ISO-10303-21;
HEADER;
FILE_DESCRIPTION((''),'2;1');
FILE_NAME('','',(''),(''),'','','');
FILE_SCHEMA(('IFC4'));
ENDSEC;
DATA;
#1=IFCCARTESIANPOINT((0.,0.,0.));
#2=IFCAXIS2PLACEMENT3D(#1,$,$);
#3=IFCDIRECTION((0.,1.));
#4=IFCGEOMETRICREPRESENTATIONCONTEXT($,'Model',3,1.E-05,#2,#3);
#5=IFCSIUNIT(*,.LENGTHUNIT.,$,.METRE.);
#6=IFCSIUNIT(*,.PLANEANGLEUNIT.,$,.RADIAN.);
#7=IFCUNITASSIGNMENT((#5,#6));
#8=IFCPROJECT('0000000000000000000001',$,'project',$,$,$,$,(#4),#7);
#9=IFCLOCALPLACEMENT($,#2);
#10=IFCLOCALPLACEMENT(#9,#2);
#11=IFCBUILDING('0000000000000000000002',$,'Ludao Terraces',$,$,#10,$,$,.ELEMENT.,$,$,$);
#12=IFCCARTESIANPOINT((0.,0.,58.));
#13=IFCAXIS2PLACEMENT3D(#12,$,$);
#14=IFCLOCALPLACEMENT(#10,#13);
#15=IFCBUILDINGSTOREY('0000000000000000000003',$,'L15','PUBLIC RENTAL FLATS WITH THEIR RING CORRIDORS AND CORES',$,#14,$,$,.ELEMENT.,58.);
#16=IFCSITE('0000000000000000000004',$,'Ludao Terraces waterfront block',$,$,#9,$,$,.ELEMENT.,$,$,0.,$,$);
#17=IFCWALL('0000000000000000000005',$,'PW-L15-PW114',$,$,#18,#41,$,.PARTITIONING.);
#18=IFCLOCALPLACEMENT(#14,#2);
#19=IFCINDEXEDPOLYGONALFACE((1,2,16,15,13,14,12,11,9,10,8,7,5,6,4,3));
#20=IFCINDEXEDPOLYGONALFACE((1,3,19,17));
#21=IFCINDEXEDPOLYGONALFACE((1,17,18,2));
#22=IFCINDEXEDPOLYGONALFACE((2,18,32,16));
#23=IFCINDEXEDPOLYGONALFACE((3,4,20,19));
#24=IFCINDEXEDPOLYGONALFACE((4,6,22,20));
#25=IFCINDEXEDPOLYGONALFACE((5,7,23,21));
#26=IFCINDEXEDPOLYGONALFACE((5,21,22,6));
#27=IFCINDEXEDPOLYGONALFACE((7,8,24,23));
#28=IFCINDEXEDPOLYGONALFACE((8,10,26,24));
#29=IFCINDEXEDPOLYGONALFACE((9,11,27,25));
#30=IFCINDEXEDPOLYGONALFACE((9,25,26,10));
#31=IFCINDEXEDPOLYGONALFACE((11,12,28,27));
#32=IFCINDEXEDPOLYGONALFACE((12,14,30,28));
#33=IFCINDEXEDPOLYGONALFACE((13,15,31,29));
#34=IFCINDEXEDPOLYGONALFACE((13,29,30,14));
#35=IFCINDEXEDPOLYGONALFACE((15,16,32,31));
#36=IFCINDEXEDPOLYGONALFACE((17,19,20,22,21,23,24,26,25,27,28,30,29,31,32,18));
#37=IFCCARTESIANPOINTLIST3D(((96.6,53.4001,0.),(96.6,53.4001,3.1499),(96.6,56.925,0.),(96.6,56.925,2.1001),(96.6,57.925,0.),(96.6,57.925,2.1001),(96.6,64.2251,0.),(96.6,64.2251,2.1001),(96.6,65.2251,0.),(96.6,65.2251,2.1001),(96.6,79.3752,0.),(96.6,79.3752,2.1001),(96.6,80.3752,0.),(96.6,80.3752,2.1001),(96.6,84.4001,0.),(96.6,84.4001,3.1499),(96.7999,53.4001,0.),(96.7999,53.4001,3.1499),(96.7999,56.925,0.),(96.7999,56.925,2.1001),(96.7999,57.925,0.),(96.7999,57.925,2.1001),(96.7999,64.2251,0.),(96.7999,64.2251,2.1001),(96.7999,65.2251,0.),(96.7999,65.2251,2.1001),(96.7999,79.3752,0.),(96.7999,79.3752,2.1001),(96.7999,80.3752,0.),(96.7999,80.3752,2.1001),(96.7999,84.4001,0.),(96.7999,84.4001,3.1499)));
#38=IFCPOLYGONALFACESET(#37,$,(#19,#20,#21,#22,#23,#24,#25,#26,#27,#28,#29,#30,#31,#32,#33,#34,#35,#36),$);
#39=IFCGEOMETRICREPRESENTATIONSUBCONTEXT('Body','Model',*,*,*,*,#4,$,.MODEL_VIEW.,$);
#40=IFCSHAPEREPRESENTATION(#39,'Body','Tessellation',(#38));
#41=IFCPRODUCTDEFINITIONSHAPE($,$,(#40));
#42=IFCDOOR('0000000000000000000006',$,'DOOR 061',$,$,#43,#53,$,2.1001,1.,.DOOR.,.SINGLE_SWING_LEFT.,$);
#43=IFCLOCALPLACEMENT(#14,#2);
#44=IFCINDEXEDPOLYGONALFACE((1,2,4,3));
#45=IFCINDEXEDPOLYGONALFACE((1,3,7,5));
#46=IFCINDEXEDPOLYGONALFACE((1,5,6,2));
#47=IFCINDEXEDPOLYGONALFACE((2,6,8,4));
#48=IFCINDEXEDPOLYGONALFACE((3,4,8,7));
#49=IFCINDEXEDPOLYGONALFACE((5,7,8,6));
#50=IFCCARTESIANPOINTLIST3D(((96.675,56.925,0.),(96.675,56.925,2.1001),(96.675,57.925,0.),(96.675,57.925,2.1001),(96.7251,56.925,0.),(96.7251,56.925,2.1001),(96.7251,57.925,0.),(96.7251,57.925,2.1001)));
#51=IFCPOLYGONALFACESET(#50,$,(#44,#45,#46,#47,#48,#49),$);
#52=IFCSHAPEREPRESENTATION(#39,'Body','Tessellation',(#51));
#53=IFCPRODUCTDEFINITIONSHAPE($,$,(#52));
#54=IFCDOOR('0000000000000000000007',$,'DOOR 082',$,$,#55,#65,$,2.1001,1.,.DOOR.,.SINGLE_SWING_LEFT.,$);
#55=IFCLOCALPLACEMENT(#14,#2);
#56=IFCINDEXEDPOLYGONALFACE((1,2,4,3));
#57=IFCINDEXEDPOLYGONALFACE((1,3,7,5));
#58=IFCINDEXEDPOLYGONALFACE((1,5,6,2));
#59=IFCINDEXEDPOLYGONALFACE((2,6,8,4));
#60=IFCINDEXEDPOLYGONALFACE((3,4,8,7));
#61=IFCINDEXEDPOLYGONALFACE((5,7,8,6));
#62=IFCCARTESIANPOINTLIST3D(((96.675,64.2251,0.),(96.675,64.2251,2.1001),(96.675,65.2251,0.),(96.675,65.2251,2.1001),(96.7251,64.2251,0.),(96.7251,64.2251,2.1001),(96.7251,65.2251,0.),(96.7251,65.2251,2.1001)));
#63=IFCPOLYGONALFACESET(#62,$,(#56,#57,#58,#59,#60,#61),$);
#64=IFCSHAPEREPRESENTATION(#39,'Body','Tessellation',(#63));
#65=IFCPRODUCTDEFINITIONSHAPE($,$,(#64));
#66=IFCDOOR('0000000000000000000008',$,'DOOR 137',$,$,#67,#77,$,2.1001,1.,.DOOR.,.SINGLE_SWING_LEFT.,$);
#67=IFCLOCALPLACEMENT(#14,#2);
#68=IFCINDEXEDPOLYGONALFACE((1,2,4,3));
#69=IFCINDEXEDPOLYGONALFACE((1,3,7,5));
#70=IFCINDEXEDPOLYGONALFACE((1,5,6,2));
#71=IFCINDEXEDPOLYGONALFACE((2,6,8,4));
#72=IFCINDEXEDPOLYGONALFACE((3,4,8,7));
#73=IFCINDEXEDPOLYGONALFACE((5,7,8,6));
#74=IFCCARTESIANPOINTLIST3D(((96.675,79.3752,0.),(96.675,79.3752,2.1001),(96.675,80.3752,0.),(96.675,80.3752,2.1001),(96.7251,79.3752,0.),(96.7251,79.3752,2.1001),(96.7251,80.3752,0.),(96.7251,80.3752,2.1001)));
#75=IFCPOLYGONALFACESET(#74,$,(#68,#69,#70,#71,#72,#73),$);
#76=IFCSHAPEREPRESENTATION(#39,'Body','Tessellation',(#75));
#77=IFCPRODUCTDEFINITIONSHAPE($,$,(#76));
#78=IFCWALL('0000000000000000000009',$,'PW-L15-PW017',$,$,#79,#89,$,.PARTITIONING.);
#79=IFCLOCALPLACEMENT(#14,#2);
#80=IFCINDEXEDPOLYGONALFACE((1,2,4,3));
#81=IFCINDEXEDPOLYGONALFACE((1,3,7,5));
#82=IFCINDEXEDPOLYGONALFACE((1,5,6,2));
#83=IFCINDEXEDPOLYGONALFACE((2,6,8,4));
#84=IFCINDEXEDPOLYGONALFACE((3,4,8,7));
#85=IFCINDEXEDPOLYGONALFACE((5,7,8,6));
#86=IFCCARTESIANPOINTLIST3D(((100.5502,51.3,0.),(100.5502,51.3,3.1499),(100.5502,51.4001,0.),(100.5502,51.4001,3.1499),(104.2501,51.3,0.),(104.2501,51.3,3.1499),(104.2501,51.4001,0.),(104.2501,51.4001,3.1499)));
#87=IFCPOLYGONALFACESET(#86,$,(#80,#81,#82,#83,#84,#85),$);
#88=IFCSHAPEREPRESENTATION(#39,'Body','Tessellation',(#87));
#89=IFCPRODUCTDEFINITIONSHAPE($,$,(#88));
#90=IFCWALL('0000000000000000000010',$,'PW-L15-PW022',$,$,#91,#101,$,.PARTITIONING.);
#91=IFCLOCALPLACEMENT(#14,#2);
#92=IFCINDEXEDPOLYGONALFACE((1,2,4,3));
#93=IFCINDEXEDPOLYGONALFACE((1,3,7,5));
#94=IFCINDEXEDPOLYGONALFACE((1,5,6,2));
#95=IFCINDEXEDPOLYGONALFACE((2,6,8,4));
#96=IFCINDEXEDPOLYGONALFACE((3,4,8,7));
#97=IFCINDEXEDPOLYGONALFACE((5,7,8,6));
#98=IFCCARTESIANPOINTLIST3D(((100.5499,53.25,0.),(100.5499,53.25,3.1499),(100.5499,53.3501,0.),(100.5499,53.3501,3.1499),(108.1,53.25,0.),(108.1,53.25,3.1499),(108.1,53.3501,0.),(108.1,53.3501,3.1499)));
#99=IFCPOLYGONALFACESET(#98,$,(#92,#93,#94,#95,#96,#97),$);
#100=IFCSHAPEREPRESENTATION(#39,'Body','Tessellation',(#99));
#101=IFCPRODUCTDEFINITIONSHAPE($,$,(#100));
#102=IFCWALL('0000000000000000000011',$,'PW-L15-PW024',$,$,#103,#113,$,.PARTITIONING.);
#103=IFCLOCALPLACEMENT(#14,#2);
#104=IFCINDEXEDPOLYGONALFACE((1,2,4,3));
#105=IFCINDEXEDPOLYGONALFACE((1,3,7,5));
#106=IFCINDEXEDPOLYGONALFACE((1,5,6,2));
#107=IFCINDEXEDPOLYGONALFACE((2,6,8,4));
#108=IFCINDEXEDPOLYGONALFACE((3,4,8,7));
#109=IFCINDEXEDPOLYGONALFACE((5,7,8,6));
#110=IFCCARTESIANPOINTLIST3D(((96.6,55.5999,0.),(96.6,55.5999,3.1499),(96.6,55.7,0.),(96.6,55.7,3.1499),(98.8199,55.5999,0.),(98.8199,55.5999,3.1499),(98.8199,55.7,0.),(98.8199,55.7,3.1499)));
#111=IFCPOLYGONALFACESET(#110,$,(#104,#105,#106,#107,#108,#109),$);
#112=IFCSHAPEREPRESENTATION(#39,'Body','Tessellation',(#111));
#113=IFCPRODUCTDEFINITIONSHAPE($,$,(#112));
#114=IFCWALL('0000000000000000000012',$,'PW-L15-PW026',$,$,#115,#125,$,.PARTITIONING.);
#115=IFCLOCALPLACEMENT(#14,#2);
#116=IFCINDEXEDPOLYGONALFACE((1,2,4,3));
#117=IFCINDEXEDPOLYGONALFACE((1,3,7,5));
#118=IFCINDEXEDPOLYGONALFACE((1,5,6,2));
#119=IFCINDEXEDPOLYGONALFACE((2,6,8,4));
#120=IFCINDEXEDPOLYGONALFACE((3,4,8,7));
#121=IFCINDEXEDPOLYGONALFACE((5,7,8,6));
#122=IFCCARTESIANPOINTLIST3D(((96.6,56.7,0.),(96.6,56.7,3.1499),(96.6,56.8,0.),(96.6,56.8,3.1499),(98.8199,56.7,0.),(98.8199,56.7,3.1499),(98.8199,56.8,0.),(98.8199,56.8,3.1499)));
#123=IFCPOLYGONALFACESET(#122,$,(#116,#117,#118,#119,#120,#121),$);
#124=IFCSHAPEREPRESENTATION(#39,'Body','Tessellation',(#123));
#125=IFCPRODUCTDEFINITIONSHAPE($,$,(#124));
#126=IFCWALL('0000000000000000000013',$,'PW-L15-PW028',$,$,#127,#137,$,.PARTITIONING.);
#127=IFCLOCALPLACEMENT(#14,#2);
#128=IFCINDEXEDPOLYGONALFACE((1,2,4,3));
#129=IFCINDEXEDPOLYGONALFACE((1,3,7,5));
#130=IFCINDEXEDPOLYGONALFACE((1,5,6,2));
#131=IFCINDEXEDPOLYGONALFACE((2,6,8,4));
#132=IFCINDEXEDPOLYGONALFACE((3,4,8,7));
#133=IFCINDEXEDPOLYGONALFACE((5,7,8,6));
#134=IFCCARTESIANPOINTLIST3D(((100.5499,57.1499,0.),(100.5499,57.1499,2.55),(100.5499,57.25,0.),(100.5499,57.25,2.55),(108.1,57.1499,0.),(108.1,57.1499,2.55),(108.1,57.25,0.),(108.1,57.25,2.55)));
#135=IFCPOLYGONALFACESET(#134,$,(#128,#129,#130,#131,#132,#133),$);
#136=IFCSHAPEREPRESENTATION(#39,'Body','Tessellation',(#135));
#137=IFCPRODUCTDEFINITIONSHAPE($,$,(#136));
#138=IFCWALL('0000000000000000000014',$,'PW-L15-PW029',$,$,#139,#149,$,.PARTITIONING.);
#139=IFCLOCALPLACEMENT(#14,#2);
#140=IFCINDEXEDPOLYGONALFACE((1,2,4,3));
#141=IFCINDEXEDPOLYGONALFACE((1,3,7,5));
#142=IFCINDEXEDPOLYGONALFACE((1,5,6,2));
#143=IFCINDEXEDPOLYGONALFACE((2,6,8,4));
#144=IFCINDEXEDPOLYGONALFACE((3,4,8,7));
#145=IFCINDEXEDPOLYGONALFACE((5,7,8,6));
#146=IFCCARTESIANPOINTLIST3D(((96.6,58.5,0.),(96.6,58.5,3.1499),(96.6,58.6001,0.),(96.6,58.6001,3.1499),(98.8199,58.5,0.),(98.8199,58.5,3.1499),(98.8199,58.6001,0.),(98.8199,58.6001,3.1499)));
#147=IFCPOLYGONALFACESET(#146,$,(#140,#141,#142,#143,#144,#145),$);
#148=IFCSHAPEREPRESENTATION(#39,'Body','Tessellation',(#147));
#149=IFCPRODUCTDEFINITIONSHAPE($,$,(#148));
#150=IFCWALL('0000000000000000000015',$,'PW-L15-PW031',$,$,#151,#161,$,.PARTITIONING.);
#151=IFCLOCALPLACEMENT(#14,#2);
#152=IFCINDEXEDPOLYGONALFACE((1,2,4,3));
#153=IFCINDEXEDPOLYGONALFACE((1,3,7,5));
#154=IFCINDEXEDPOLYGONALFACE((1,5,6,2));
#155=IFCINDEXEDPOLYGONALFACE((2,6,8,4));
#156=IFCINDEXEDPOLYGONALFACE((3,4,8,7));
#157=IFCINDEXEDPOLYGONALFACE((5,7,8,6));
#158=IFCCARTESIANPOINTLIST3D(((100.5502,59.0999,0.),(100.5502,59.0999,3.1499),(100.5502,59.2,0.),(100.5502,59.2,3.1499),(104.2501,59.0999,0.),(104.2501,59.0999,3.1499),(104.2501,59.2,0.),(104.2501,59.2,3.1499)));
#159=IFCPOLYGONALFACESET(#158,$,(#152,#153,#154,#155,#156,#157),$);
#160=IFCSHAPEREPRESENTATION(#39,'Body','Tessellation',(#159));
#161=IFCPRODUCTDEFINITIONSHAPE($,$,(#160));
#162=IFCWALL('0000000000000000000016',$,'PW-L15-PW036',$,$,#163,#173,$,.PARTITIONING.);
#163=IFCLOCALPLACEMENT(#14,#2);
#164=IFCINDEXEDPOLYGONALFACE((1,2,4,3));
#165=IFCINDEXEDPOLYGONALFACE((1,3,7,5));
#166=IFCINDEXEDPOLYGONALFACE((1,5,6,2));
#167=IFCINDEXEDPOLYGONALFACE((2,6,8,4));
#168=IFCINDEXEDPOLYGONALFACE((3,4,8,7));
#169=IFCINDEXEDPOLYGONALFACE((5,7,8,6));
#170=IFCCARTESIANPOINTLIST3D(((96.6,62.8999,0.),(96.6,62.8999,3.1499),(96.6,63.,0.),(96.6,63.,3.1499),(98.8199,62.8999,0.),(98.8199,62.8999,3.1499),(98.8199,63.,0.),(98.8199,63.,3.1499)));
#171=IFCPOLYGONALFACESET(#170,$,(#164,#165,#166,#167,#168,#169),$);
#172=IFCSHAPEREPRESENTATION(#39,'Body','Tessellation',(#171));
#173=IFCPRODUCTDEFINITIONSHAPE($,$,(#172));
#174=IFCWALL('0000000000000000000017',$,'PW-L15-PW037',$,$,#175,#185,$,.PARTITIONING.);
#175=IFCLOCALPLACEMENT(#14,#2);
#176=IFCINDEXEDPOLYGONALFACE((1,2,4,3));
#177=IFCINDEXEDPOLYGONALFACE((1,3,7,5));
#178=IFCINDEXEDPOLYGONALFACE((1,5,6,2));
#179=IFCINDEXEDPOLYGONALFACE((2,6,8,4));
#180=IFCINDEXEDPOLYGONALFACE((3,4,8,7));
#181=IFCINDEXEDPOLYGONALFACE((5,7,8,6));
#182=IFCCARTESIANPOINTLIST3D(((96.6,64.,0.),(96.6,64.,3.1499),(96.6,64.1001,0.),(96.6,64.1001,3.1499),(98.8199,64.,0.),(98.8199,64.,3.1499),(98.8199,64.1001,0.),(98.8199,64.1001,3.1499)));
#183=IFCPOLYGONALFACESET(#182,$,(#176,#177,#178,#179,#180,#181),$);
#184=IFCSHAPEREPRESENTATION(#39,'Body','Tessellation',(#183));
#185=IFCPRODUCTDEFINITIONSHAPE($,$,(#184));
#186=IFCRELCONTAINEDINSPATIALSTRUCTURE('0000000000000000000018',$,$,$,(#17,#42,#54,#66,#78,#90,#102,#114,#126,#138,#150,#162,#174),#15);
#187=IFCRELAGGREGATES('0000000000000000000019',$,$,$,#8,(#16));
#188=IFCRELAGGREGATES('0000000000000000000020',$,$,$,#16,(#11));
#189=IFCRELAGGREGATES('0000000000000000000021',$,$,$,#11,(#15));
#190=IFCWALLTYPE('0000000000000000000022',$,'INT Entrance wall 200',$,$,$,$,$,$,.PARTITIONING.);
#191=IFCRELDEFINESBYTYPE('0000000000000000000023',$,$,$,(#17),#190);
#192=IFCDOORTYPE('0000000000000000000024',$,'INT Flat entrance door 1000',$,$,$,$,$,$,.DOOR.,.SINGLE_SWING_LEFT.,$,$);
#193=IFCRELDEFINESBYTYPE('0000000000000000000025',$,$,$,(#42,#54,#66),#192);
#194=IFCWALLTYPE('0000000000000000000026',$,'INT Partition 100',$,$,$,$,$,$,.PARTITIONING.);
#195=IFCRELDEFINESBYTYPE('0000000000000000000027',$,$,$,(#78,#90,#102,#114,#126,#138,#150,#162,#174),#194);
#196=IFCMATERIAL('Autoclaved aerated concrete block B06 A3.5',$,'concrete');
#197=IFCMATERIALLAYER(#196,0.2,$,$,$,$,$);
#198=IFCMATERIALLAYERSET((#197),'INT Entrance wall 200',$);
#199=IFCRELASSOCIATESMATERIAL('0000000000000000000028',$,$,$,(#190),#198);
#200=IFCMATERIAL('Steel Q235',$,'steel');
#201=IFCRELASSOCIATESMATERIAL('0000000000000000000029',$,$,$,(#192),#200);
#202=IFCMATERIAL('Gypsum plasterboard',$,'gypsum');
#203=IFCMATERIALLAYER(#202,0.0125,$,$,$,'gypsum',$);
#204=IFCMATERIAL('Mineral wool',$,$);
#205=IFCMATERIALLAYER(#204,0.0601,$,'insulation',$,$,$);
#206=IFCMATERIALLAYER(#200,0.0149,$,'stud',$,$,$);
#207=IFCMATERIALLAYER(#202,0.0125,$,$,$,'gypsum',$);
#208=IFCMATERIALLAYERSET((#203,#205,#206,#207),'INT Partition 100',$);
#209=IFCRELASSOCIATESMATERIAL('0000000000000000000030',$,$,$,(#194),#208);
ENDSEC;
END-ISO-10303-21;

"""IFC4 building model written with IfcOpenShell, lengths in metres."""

from ifc_helpers import new_model, si_unit, direction, frame, frame_2d, origin, place, context, subcontext, project, spatial, rectangle, extrude, material, layer, layer_set, type_object, element, fill, save


model = new_model("IFC4")

# Units and contexts
model_context = context("Model", 3, precision=1e-05, world=origin(), true_north=direction((0.0, 1.0)))
body_context = subcontext(model_context, "Body", "Model", "MODEL_VIEW")
ifc_project = project(units=[si_unit("LENGTHUNIT", "METRE"), si_unit("PLANEANGLEUNIT", "RADIAN")], contexts=[model_context])

# Site, building, storey
site_placement = place(None, origin())
site = spatial("IfcSite", under=ifc_project, at=site_placement, Name="Ludao Terraces waterfront block", CompositionType="ELEMENT", RefElevation=0.0)
building_placement = place(site_placement, origin())
building = spatial("IfcBuilding", under=site, at=building_placement, Name="Ludao Terraces", CompositionType="ELEMENT")
storey_placement = place(building_placement, frame((0.0, 0.0, 58.0)))
storey = spatial("IfcBuildingStorey", under=building, at=storey_placement, Name="L15", Description="PUBLIC RENTAL FLATS WITH THEIR RING CORRIDORS AND CORES", CompositionType="ELEMENT", Elevation=58.0)

# Wall, openings, doors
ifc_material_1 = material(Name="Autoclaved aerated concrete block B06 A3.5", Category="concrete")
ifc_layer_1 = layer(ifc_material_1, 0.2)
ifc_layer_set_1 = layer_set([ifc_layer_1], Name="INT Entrance wall 200")
wall_type_1 = type_object("IfcWallType", Name="INT Entrance wall 200", PredefinedType="PARTITIONING", material=ifc_layer_set_1)
wall_1_placement = place(storey_placement, frame((96.7, 53.4001, 0.0), z_axis=(0.0, 0.0, 1.0), x_axis=(0.0, 1.0, 0.0)))
wall_1 = element("IfcWall", 1, at=wall_1_placement, inside=storey, type_object=wall_type_1, Name="PW-L15-PW114", PredefinedType="PARTITIONING", context=body_context, shape_type="SweptSolid", body=[
    extrude(rectangle(XDim=31.0, YDim=0.2, at=frame_2d((15.5, 0.0))), origin(), (0.0, 0.0, 1.0), 3.1499),
])
opening_1_placement = place(wall_1_placement, frame((3.5249, 0.0, 0.0)))
opening_1 = element("IfcOpeningElement", 2, at=opening_1_placement, cuts=wall_1, PredefinedType="OPENING", context=body_context, shape_type="SweptSolid", body=[
    extrude(rectangle(XDim=1.0, YDim=2.1001, at=frame_2d((0.5, 1.05))), frame((0.0, 0.1099, 0.0), z_axis=(0.0, -1.0, 0.0), x_axis=(1.0, 0.0, 0.0)), (0.0, 0.0, 1.0), 0.22),
])
opening_2_placement = place(wall_1_placement, frame((10.825, 0.0, 0.0)))
opening_2 = element("IfcOpeningElement", 3, at=opening_2_placement, cuts=wall_1, PredefinedType="OPENING", context=body_context, shape_type="SweptSolid", body=[
    extrude(rectangle(XDim=1.0, YDim=2.1001, at=frame_2d((0.5, 1.05))), frame((0.0, 0.1099, 0.0), z_axis=(0.0, -1.0, 0.0), x_axis=(1.0, 0.0, 0.0)), (0.0, 0.0, 1.0), 0.22),
])
opening_3_placement = place(wall_1_placement, frame((25.9751, 0.0, 0.0)))
opening_3 = element("IfcOpeningElement", 4, at=opening_3_placement, cuts=wall_1, PredefinedType="OPENING", context=body_context, shape_type="SweptSolid", body=[
    extrude(rectangle(XDim=1.0, YDim=2.1001, at=frame_2d((0.5, 1.05))), frame((0.0, 0.1099, 0.0), z_axis=(0.0, -1.0, 0.0), x_axis=(1.0, 0.0, 0.0)), (0.0, 0.0, 1.0), 0.22),
])
ifc_material_2 = material(Name="Steel Q235", Category="steel")
door_type_1 = type_object("IfcDoorType", Name="INT Flat entrance door 1000", OperationType="SINGLE_SWING_LEFT", PredefinedType="DOOR", material=ifc_material_2)
door_1_placement = place(opening_1_placement, origin())
door_1 = element("IfcDoor", 5, at=door_1_placement, inside=storey, type_object=door_type_1, Name="DOOR 061", OperationType="SINGLE_SWING_LEFT", OverallHeight=2.1001, OverallWidth=1.0, PredefinedType="DOOR", context=body_context, shape_type="SweptSolid", body=[
    extrude(rectangle(XDim=1.0, YDim=2.1001, at=frame_2d((0.5, 1.05))), frame((0.0, 0.0249, 0.0), z_axis=(0.0, -1.0, 0.0), x_axis=(1.0, 0.0, 0.0)), (0.0, 0.0, 1.0), 0.05),
])
fill(opening_1, door_1)
door_2_placement = place(opening_2_placement, origin())
door_2 = element("IfcDoor", 6, at=door_2_placement, inside=storey, type_object=door_type_1, Name="DOOR 082", OperationType="SINGLE_SWING_LEFT", OverallHeight=2.1001, OverallWidth=1.0, PredefinedType="DOOR", context=body_context, shape_type="SweptSolid", body=[
    extrude(rectangle(XDim=1.0, YDim=2.1001, at=frame_2d((0.5, 1.05))), frame((0.0, 0.0249, 0.0), z_axis=(0.0, -1.0, 0.0), x_axis=(1.0, 0.0, 0.0)), (0.0, 0.0, 1.0), 0.05),
])
fill(opening_2, door_2)
door_3_placement = place(opening_3_placement, origin())
door_3 = element("IfcDoor", 7, at=door_3_placement, inside=storey, type_object=door_type_1, Name="DOOR 137", OperationType="SINGLE_SWING_LEFT", OverallHeight=2.1001, OverallWidth=1.0, PredefinedType="DOOR", context=body_context, shape_type="SweptSolid", body=[
    extrude(rectangle(XDim=1.0, YDim=2.1001, at=frame_2d((0.5, 1.05))), frame((0.0, 0.0249, 0.0), z_axis=(0.0, -1.0, 0.0), x_axis=(1.0, 0.0, 0.0)), (0.0, 0.0, 1.0), 0.05),
])
fill(opening_3, door_3)

# Walls
ifc_material_3 = material(Name="Gypsum plasterboard", Category="gypsum")
ifc_layer_2 = layer(ifc_material_3, 0.0125, Category="gypsum")
ifc_material_4 = material(Name="Mineral wool")
ifc_layer_3 = layer(ifc_material_4, 0.0601, Name="insulation")
ifc_layer_4 = layer(ifc_material_2, 0.0149, Name="stud")
ifc_layer_5 = layer(ifc_material_3, 0.0125, Category="gypsum")
ifc_layer_set_2 = layer_set([ifc_layer_2, ifc_layer_3, ifc_layer_4, ifc_layer_5], Name="INT Partition 100")
wall_type_2 = type_object("IfcWallType", Name="INT Partition 100", PredefinedType="PARTITIONING", material=ifc_layer_set_2)
wall_2_placement = place(storey_placement, frame((100.55, 51.3501, 0.0), z_axis=(0.0, 0.0, 1.0), x_axis=(1.0, 0.0, 0.0)))
element("IfcWall", 8, at=wall_2_placement, inside=storey, type_object=wall_type_2, Name="PW-L15-PW017", PredefinedType="PARTITIONING", context=body_context, shape_type="SweptSolid", body=[
    extrude(rectangle(XDim=3.7, YDim=0.1001, at=frame_2d((1.8501, 0.0))), origin(), (0.0, 0.0, 1.0), 3.1499),
])
wall_3_placement = place(storey_placement, frame((100.55, 53.3, 0.0), z_axis=(0.0, 0.0, 1.0), x_axis=(1.0, 0.0, 0.0)))
element("IfcWall", 9, at=wall_3_placement, inside=storey, type_object=wall_type_2, Name="PW-L15-PW022", PredefinedType="PARTITIONING", context=body_context, shape_type="SweptSolid", body=[
    extrude(rectangle(XDim=7.55, YDim=0.1001, at=frame_2d((3.7749, 0.0))), origin(), (0.0, 0.0, 1.0), 3.1499),
])
for number, where, z_axis, x_axis, name in (
    (10, (96.6001, 55.6499, 0.0), (0.0, 0.0, 1.0), (1.0, 0.0, 0.0), "PW-L15-PW024"),
    (11, (96.6001, 56.75, 0.0), (0.0, 0.0, 1.0), (1.0, 0.0, 0.0), "PW-L15-PW026"),
):
    element("IfcWall", number, at=place(storey_placement, frame(where, z_axis=z_axis, x_axis=x_axis)), inside=storey, type_object=wall_type_2, Name=name, PredefinedType="PARTITIONING", context=body_context, shape_type="SweptSolid", body=[
        extrude(rectangle(XDim=2.22, YDim=0.1001, at=frame_2d((1.1099, 0.0))), origin(), (0.0, 0.0, 1.0), 3.1499),
    ])
wall_4_placement = place(storey_placement, frame((100.55, 57.2, 0.0), z_axis=(0.0, 0.0, 1.0), x_axis=(1.0, 0.0, 0.0)))
element("IfcWall", 12, at=wall_4_placement, inside=storey, type_object=wall_type_2, Name="PW-L15-PW028", PredefinedType="PARTITIONING", context=body_context, shape_type="SweptSolid", body=[
    extrude(rectangle(XDim=7.55, YDim=0.1001, at=frame_2d((3.7749, 0.0))), origin(), (0.0, 0.0, 1.0), 2.55),
])
wall_5_placement = place(storey_placement, frame((96.6001, 58.55, 0.0), z_axis=(0.0, 0.0, 1.0), x_axis=(1.0, 0.0, 0.0)))
element("IfcWall", 13, at=wall_5_placement, inside=storey, type_object=wall_type_2, Name="PW-L15-PW029", PredefinedType="PARTITIONING", context=body_context, shape_type="SweptSolid", body=[
    extrude(rectangle(XDim=2.22, YDim=0.1001, at=frame_2d((1.1099, 0.0))), origin(), (0.0, 0.0, 1.0), 3.1499),
])
wall_6_placement = place(storey_placement, frame((100.55, 59.1499, 0.0), z_axis=(0.0, 0.0, 1.0), x_axis=(1.0, 0.0, 0.0)))
element("IfcWall", 14, at=wall_6_placement, inside=storey, type_object=wall_type_2, Name="PW-L15-PW031", PredefinedType="PARTITIONING", context=body_context, shape_type="SweptSolid", body=[
    extrude(rectangle(XDim=3.7, YDim=0.1001, at=frame_2d((1.8501, 0.0))), origin(), (0.0, 0.0, 1.0), 3.1499),
])
for number, where, z_axis, x_axis, name in (
    (15, (96.6001, 62.95, 0.0), (0.0, 0.0, 1.0), (1.0, 0.0, 0.0), "PW-L15-PW036"),
    (16, (96.6001, 64.05, 0.0), (0.0, 0.0, 1.0), (1.0, 0.0, 0.0), "PW-L15-PW037"),
):
    element("IfcWall", number, at=place(storey_placement, frame(where, z_axis=z_axis, x_axis=x_axis)), inside=storey, type_object=wall_type_2, Name=name, PredefinedType="PARTITIONING", context=body_context, shape_type="SweptSolid", body=[
        extrude(rectangle(XDim=2.22, YDim=0.1001, at=frame_2d((1.1099, 0.0))), origin(), (0.0, 0.0, 1.0), 3.1499),
    ])

save(model, "model.ifc")
